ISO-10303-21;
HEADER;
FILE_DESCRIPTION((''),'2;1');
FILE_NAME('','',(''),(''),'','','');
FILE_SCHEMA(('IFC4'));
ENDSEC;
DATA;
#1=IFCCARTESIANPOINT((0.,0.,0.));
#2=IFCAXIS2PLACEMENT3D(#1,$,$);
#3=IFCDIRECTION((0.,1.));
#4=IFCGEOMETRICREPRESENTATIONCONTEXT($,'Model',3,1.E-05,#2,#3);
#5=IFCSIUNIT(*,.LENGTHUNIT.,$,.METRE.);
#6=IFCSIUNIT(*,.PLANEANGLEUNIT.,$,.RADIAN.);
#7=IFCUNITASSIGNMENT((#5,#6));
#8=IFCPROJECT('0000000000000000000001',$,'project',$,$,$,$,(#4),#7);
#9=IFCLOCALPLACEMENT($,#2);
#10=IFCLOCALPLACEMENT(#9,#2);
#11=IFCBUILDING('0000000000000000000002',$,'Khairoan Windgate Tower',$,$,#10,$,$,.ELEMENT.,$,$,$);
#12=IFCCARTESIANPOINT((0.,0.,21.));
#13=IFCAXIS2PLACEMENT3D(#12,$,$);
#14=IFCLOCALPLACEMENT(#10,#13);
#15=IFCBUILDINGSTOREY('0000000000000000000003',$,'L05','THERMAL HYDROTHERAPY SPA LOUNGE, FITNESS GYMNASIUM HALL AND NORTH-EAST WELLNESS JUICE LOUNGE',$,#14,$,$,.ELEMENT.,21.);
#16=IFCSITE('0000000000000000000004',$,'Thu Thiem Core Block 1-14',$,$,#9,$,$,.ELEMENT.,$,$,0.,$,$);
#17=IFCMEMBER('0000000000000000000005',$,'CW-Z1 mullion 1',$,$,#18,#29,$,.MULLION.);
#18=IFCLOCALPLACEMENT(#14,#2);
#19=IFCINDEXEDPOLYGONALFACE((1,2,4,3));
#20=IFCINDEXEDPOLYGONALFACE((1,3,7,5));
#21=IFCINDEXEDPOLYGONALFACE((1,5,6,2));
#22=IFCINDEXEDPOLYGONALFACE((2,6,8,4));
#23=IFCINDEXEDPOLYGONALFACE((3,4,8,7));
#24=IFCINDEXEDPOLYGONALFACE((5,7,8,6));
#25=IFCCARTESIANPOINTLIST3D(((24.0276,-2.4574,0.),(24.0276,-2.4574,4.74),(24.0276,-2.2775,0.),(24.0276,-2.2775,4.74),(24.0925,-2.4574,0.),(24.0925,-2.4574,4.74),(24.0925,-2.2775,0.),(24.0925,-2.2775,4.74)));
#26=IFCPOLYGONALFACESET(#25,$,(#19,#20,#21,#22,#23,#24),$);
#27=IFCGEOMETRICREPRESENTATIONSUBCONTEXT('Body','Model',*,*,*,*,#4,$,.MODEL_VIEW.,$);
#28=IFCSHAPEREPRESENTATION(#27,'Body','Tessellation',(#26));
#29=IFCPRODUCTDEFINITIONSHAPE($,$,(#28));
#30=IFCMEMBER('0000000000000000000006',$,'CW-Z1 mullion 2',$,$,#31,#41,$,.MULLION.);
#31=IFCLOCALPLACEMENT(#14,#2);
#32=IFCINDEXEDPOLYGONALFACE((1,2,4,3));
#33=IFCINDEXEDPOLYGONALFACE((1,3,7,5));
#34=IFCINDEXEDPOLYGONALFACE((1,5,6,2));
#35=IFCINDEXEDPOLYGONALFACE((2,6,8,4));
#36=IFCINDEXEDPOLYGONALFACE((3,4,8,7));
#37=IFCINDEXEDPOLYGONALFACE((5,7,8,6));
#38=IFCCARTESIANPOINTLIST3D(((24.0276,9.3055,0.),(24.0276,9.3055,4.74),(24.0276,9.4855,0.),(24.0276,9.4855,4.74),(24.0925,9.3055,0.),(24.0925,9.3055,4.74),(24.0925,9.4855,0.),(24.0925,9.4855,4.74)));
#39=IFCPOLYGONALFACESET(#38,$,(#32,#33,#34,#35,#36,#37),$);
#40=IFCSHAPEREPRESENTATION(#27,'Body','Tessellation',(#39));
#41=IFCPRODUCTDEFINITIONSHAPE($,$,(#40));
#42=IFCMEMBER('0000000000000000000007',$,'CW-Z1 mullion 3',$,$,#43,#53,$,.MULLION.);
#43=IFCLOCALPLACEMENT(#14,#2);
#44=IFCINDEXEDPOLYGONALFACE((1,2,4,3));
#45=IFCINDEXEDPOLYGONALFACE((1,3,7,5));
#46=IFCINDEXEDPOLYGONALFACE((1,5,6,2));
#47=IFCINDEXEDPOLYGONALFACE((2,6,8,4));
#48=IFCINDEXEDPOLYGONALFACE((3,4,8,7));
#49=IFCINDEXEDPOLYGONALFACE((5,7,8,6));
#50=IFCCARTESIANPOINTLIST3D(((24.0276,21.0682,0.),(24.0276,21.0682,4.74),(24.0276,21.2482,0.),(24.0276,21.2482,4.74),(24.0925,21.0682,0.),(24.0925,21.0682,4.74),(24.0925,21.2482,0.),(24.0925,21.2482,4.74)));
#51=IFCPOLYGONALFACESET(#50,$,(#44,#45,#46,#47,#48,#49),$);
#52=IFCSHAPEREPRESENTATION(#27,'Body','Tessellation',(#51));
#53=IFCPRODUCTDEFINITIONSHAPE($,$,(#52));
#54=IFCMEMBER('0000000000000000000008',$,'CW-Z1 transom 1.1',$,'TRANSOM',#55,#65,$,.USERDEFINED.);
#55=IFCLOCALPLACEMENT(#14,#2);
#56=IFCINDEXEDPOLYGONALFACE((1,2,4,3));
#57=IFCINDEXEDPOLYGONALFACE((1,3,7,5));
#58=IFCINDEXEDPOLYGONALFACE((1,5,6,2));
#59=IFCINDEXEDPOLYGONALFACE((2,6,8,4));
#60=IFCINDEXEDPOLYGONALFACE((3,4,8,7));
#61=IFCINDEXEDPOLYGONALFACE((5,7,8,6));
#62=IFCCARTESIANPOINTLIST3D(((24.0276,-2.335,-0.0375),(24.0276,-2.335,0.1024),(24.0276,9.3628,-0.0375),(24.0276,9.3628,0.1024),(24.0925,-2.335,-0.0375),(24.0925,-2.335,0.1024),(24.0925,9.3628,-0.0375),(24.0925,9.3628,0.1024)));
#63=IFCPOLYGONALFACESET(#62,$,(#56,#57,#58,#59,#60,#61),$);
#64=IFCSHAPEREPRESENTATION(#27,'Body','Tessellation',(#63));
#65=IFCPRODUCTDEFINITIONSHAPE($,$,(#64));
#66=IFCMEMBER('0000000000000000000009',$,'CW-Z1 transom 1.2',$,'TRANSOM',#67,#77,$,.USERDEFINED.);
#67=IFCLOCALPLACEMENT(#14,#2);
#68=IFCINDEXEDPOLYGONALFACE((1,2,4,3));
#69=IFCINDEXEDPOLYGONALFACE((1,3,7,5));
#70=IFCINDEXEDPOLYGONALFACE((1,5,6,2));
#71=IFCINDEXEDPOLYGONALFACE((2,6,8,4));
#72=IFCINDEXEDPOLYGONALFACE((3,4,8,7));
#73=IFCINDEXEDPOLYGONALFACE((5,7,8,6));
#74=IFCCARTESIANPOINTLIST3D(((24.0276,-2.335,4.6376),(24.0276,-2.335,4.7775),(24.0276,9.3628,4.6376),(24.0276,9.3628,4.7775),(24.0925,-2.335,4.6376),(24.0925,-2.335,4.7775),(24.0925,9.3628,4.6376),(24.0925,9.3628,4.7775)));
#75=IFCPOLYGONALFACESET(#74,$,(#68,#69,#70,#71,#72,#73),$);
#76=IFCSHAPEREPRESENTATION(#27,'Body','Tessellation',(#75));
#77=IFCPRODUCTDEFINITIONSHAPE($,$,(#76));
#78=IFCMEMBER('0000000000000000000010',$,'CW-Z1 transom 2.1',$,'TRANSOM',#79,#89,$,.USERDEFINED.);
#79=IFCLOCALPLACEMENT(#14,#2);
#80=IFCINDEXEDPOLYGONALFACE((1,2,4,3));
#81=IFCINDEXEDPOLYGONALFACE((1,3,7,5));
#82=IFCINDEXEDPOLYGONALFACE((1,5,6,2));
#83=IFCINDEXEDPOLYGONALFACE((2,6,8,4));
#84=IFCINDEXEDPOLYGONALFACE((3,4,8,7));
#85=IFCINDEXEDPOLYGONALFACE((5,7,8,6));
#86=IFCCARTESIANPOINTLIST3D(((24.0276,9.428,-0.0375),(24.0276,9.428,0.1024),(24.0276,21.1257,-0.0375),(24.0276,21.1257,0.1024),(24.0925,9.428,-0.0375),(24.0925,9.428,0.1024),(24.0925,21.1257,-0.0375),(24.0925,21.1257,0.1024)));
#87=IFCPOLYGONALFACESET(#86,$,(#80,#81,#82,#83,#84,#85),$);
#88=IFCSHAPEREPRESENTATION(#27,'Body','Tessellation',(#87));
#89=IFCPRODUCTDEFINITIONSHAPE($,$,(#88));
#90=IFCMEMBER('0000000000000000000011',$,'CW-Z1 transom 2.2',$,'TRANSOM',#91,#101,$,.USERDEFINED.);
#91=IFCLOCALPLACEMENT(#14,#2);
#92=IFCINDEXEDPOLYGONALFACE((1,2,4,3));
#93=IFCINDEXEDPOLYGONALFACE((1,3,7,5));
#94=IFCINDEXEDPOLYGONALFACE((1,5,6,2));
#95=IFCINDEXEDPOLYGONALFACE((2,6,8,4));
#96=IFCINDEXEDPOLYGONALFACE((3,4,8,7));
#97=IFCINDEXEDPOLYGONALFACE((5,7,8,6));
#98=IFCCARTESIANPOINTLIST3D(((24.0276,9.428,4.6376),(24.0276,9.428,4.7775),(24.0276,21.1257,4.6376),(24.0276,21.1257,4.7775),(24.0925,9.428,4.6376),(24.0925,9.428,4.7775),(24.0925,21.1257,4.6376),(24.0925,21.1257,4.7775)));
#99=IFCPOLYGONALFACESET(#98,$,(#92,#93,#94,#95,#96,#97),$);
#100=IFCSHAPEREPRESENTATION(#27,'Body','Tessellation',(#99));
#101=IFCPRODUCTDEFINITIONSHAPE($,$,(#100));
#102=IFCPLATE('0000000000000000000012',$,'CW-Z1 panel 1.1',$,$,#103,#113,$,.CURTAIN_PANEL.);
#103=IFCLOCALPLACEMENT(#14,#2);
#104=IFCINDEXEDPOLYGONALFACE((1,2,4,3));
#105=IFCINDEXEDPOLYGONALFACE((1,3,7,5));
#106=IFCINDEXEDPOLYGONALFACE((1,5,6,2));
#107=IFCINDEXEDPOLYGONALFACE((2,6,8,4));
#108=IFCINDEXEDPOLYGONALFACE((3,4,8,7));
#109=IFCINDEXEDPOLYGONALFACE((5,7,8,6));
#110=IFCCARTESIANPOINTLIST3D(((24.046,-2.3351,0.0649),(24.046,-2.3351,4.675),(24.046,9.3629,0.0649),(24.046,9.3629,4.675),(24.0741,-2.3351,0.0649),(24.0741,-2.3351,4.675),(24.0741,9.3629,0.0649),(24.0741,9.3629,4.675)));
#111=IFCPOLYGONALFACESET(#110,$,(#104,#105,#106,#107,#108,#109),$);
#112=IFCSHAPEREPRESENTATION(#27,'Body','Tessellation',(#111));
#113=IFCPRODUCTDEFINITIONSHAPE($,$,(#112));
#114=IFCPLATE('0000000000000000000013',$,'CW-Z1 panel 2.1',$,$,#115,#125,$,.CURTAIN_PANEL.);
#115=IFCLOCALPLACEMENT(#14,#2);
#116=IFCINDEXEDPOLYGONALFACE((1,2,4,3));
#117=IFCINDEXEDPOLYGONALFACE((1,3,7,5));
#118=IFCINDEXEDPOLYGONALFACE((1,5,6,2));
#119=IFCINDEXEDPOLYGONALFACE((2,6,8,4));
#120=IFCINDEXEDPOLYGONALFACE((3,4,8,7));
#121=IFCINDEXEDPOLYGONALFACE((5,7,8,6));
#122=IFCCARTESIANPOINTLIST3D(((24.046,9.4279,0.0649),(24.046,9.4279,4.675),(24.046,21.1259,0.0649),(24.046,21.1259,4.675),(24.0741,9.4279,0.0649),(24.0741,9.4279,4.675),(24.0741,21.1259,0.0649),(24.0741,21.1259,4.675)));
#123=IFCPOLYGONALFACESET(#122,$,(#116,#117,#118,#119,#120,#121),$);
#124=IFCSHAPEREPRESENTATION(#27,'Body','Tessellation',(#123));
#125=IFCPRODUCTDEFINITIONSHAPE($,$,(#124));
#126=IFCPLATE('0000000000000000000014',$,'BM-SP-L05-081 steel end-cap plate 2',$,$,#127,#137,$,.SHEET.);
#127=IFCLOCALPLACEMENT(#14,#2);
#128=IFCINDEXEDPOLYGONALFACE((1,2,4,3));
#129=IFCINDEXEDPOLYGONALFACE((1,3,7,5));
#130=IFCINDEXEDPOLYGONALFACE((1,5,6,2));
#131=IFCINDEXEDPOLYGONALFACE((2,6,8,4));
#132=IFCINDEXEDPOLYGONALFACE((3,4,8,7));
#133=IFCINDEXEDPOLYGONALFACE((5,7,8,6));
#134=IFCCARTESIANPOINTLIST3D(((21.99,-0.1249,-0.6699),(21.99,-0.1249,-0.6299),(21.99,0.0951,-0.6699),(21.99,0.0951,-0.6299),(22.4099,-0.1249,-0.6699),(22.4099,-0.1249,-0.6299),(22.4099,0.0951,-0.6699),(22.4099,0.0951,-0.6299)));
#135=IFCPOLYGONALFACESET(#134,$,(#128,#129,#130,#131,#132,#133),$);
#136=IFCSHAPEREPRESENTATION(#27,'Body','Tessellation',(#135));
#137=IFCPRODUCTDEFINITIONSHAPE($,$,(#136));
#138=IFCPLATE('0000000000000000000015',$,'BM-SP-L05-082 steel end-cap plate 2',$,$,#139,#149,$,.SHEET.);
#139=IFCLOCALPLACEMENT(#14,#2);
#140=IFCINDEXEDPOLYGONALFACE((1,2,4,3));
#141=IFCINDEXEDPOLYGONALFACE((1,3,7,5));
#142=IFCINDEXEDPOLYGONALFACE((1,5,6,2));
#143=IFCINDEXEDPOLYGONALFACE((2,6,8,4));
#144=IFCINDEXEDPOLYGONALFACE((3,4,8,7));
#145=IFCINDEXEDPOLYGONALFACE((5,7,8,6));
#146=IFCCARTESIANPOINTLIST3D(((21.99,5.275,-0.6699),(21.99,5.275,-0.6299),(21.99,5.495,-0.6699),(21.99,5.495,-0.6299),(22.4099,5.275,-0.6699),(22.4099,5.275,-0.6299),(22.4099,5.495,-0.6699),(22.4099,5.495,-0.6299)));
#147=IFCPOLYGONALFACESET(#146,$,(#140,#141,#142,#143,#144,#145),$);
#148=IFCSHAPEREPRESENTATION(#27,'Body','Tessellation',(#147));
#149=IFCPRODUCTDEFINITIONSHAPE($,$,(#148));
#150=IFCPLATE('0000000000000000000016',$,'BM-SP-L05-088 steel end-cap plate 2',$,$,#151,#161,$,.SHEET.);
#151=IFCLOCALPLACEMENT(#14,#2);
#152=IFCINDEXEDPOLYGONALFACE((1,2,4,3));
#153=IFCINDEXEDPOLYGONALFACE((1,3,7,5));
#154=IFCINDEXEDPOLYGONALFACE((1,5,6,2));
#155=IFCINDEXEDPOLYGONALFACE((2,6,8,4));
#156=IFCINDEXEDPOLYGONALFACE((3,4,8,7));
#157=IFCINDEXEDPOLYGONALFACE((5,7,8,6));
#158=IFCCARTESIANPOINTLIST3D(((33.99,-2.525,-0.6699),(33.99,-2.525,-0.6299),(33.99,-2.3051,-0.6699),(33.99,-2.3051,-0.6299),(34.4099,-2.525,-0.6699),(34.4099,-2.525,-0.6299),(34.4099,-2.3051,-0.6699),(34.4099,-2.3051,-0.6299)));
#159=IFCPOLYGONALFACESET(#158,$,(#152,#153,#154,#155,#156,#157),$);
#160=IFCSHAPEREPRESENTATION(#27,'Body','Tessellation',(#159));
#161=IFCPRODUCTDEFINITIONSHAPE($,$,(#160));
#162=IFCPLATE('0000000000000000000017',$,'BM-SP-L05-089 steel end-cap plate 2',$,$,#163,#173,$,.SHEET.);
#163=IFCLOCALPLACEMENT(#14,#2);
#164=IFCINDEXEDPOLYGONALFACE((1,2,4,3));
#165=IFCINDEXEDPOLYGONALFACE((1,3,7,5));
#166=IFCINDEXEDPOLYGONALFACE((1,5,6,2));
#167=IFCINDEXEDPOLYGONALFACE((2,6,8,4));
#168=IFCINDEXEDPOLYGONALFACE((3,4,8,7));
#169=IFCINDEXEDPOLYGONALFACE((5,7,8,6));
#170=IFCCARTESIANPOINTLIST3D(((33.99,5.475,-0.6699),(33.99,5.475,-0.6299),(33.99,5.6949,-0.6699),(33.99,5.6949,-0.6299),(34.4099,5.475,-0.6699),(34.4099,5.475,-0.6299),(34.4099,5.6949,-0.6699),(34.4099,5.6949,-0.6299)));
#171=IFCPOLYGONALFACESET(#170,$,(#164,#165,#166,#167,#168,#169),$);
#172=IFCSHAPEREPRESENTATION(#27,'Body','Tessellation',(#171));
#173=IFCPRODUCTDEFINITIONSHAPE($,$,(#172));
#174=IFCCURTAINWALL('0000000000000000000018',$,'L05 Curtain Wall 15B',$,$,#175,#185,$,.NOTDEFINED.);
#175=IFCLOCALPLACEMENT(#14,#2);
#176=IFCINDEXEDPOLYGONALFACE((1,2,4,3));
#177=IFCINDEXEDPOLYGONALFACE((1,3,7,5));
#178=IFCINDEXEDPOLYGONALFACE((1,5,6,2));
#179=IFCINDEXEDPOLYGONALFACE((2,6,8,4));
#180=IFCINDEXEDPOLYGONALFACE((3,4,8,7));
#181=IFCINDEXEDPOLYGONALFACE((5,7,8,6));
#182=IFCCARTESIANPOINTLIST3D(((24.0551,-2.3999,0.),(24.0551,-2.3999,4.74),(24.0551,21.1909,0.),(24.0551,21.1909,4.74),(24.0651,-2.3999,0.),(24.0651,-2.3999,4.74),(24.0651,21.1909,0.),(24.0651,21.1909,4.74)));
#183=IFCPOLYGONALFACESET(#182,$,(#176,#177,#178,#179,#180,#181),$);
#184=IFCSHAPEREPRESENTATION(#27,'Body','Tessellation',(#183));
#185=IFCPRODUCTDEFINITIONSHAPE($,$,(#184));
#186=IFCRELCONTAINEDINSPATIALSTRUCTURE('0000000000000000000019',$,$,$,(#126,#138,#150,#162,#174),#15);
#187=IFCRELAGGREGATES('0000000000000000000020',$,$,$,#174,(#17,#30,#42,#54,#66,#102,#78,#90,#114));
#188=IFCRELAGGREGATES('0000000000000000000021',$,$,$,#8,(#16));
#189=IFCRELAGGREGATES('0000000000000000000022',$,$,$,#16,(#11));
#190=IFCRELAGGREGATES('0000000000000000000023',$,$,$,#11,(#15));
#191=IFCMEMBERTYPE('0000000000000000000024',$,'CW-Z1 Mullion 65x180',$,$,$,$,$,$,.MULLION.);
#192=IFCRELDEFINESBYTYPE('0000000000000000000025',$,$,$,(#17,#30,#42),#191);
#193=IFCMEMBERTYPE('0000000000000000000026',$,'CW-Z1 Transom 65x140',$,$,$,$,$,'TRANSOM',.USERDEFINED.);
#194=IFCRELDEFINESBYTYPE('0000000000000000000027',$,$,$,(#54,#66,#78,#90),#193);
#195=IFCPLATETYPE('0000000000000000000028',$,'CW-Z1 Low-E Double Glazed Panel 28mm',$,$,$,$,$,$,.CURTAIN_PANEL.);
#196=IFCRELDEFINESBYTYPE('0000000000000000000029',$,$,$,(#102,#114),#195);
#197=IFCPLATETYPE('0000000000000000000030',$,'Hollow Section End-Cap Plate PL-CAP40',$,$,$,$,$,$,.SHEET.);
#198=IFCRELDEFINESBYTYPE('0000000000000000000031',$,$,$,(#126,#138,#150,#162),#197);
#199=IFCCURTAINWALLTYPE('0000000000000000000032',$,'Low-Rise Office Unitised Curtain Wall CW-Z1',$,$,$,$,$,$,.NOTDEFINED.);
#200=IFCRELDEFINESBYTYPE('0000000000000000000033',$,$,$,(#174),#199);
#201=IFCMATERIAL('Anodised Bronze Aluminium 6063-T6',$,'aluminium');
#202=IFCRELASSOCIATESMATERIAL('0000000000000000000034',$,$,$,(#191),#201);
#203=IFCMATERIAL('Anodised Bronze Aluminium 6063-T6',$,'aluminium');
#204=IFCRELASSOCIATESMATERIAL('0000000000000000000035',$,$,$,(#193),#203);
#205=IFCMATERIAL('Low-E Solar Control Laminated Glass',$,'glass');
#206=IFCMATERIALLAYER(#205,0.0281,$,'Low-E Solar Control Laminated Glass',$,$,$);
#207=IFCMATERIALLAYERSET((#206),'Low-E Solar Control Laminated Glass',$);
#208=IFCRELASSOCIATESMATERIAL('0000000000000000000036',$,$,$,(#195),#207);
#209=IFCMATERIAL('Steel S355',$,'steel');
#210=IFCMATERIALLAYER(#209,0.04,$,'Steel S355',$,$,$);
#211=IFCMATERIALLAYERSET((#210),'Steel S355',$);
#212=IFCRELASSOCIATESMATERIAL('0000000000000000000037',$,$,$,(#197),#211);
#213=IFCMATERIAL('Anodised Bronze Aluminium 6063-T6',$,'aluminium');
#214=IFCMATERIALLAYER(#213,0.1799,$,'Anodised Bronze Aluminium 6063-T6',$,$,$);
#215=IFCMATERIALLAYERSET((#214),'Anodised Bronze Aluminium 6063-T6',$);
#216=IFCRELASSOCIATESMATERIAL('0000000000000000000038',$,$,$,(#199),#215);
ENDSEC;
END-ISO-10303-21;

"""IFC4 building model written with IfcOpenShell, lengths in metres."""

from ifc_helpers import new_model, si_unit, direction, frame, frame_2d, origin, origin_2d, place, context, subcontext, project, spatial, rectangle, extrude, material, layer, layer_set, material_profile, profile_set, type_object, element, aggregate, save


model = new_model("IFC4")

# Units and contexts
model_context = context("Model", 3, precision=1e-05, world=origin(), true_north=direction((0.0, 1.0)))
body_context = subcontext(model_context, "Body", "Model", "MODEL_VIEW")
ifc_project = project(units=[si_unit("LENGTHUNIT", "METRE"), si_unit("PLANEANGLEUNIT", "RADIAN")], contexts=[model_context])

# Site, building, storey
site_placement = place(None, origin())
site = spatial("IfcSite", under=ifc_project, at=site_placement, Name="Thu Thiem Core Block 1-14", CompositionType="ELEMENT", RefElevation=0.0)
building_placement = place(site_placement, origin())
building = spatial("IfcBuilding", under=site, at=building_placement, Name="Khairoan Windgate Tower", CompositionType="ELEMENT")
storey_placement = place(building_placement, frame((0.0, 0.0, 21.0)))
storey = spatial("IfcBuildingStorey", under=building, at=storey_placement, Name="L05", Description="THERMAL HYDROTHERAPY SPA LOUNGE, FITNESS GYMNASIUM HALL AND NORTH-EAST WELLNESS JUICE LOUNGE", CompositionType="ELEMENT", Elevation=21.0)

# Members
ifc_material_1 = material(Name="Anodised Bronze Aluminium 6063-T6", Category="aluminium")
ifc_material_profile_1 = material_profile(ifc_material_1, rectangle(XDim=0.0649, YDim=0.1799, at=origin_2d()))
ifc_profile_set_1 = profile_set([ifc_material_profile_1], Name="Anodised Bronze Aluminium 6063-T6")
member_type_1 = type_object("IfcMemberType", Name="CW-Z1 Mullion 65x180", PredefinedType="MULLION", material=ifc_profile_set_1)
member_1_placement = place(storey_placement, frame((24.0601, -2.3674, 0.0), z_axis=(0.0, 0.0, 1.0), x_axis=(-1.0, 0.0, 0.0)))
member_1 = element("IfcMember", 1, at=member_1_placement, type_object=member_type_1, Name="CW-Z1 mullion 1", PredefinedType="MULLION", context=body_context, shape_type="SweptSolid", body=[
    extrude(rectangle(XDim=0.0649, YDim=0.1799, at=origin_2d()), origin(), (0.0, 0.0, 1.0), 4.74),
])
member_2_placement = place(storey_placement, frame((24.0601, 9.3955, 0.0), z_axis=(0.0, 0.0, 1.0), x_axis=(-1.0, 0.0, 0.0)))
member_2 = element("IfcMember", 2, at=member_2_placement, type_object=member_type_1, Name="CW-Z1 mullion 2", PredefinedType="MULLION", context=body_context, shape_type="SweptSolid", body=[
    extrude(rectangle(XDim=0.0649, YDim=0.1799, at=origin_2d()), origin(), (0.0, 0.0, 1.0), 4.74),
])
member_3_placement = place(storey_placement, frame((24.0601, 21.1582, 0.0), z_axis=(0.0, 0.0, 1.0), x_axis=(-1.0, 0.0, 0.0)))
member_3 = element("IfcMember", 3, at=member_3_placement, type_object=member_type_1, Name="CW-Z1 mullion 3", PredefinedType="MULLION", context=body_context, shape_type="SweptSolid", body=[
    extrude(rectangle(XDim=0.0649, YDim=0.1799, at=origin_2d()), origin(), (0.0, 0.0, 1.0), 4.74),
])
ifc_material_2 = material(Name="Anodised Bronze Aluminium 6063-T6", Category="aluminium")
ifc_material_profile_2 = material_profile(ifc_material_2, rectangle(XDim=0.0649, YDim=0.1399, at=origin_2d()))
ifc_profile_set_2 = profile_set([ifc_material_profile_2], Name="Anodised Bronze Aluminium 6063-T6")
member_type_2 = type_object("IfcMemberType", Name="CW-Z1 Transom 65x140", ElementType="TRANSOM", PredefinedType="USERDEFINED", material=ifc_profile_set_2)
member_4_placement = place(storey_placement, frame((24.0601, -2.335, 0.0325), z_axis=(0.0, 1.0, 0.0), x_axis=(-1.0, 0.0, 0.0)))
member_4 = element("IfcMember", 4, at=member_4_placement, type_object=member_type_2, Name="CW-Z1 transom 1.1", ObjectType="TRANSOM", PredefinedType="USERDEFINED", context=body_context, shape_type="SweptSolid", body=[
    extrude(rectangle(XDim=0.0649, YDim=0.1399, at=origin_2d()), origin(), (0.0, 0.0, 1.0), 11.6978),
])
member_5_placement = place(storey_placement, frame((24.0601, -2.335, 4.7075), z_axis=(0.0, 1.0, 0.0), x_axis=(-1.0, 0.0, 0.0)))
member_5 = element("IfcMember", 5, at=member_5_placement, type_object=member_type_2, Name="CW-Z1 transom 1.2", ObjectType="TRANSOM", PredefinedType="USERDEFINED", context=body_context, shape_type="SweptSolid", body=[
    extrude(rectangle(XDim=0.0649, YDim=0.1399, at=origin_2d()), origin(), (0.0, 0.0, 1.0), 11.6978),
])
member_6_placement = place(storey_placement, frame((24.0601, 9.428, 0.0325), z_axis=(0.0, 1.0, 0.0), x_axis=(-1.0, 0.0, 0.0)))
member_6 = element("IfcMember", 6, at=member_6_placement, type_object=member_type_2, Name="CW-Z1 transom 2.1", ObjectType="TRANSOM", PredefinedType="USERDEFINED", context=body_context, shape_type="SweptSolid", body=[
    extrude(rectangle(XDim=0.0649, YDim=0.1399, at=origin_2d()), origin(), (0.0, 0.0, 1.0), 11.6978),
])
member_7_placement = place(storey_placement, frame((24.0601, 9.428, 4.7075), z_axis=(0.0, 1.0, 0.0), x_axis=(-1.0, 0.0, 0.0)))
member_7 = element("IfcMember", 7, at=member_7_placement, type_object=member_type_2, Name="CW-Z1 transom 2.2", ObjectType="TRANSOM", PredefinedType="USERDEFINED", context=body_context, shape_type="SweptSolid", body=[
    extrude(rectangle(XDim=0.0649, YDim=0.1399, at=origin_2d()), origin(), (0.0, 0.0, 1.0), 11.6978),
])

# Plates
ifc_material_3 = material(Name="Low-E Solar Control Laminated Glass", Category="glass")
ifc_layer_1 = layer(ifc_material_3, 0.0281, Name="Low-E Solar Control Laminated Glass")
ifc_layer_set_1 = layer_set([ifc_layer_1], Name="Low-E Solar Control Laminated Glass")
plate_type_1 = type_object("IfcPlateType", Name="CW-Z1 Low-E Double Glazed Panel 28mm", PredefinedType="CURTAIN_PANEL", material=ifc_layer_set_1)
plate_1_placement = place(storey_placement, frame((24.0601, 3.5139, 0.0649), z_axis=(0.0, 0.0, 1.0), x_axis=(0.0, 1.0, 0.0)))
plate_1 = element("IfcPlate", 8, at=plate_1_placement, type_object=plate_type_1, Name="CW-Z1 panel 1.1", PredefinedType="CURTAIN_PANEL", context=body_context, shape_type="SweptSolid", body=[
    extrude(rectangle(XDim=11.698, YDim=0.0281, at=origin_2d()), origin(), (0.0, 0.0, 1.0), 4.6101),
])
plate_2_placement = place(storey_placement, frame((24.0601, 15.2769, 0.0649), z_axis=(0.0, 0.0, 1.0), x_axis=(0.0, 1.0, 0.0)))
plate_2 = element("IfcPlate", 9, at=plate_2_placement, type_object=plate_type_1, Name="CW-Z1 panel 2.1", PredefinedType="CURTAIN_PANEL", context=body_context, shape_type="SweptSolid", body=[
    extrude(rectangle(XDim=11.698, YDim=0.0281, at=origin_2d()), origin(), (0.0, 0.0, 1.0), 4.6101),
])

# Plates
ifc_material_4 = material(Name="Steel S355", Category="steel")
ifc_layer_2 = layer(ifc_material_4, 0.04, Name="Steel S355")
ifc_layer_set_2 = layer_set([ifc_layer_2], Name="Steel S355")
plate_type_2 = type_object("IfcPlateType", Name="Hollow Section End-Cap Plate PL-CAP40", PredefinedType="SHEET", material=ifc_layer_set_2)
for number, where, z_axis, x_axis, name in (
    (10, (22.2, -0.0149, -0.6699), (0.0, 0.0, 1.0), (0.0, 1.0, 0.0), "BM-SP-L05-081 steel end-cap plate 2"),
    (11, (22.2, 5.385, -0.6699), (0.0, 0.0, 1.0), (0.0, 1.0, 0.0), "BM-SP-L05-082 steel end-cap plate 2"),
    (12, (34.2, -2.415, -0.6699), (0.0, 0.0, 1.0), (0.0, 1.0, 0.0), "BM-SP-L05-088 steel end-cap plate 2"),
    (13, (34.2, 5.585, -0.6699), (0.0, 0.0, 1.0), (0.0, 1.0, 0.0), "BM-SP-L05-089 steel end-cap plate 2"),
):
    element("IfcPlate", number, at=place(storey_placement, frame(where, z_axis=z_axis, x_axis=x_axis)), inside=storey, type_object=plate_type_2, Name=name, PredefinedType="SHEET", context=body_context, shape_type="SweptSolid", body=[
        extrude(rectangle(XDim=0.22, YDim=0.4199, at=origin_2d()), origin(), (0.0, 0.0, 1.0), 0.04),
    ])

# Curtain wall
ifc_material_5 = material(Name="Anodised Bronze Aluminium 6063-T6", Category="aluminium")
ifc_layer_3 = layer(ifc_material_5, 0.1799, Name="Anodised Bronze Aluminium 6063-T6")
ifc_layer_set_3 = layer_set([ifc_layer_3], Name="Anodised Bronze Aluminium 6063-T6")
curtain_wall_type = type_object("IfcCurtainWallType", Name="Low-Rise Office Unitised Curtain Wall CW-Z1", PredefinedType="NOTDEFINED", material=ifc_layer_set_3)
curtain_wall_placement = place(storey_placement, frame((24.0601, -2.3999, 0.0), z_axis=(0.0, 0.0, 1.0), x_axis=(0.0, 1.0, 0.0)))
curtain_wall = element("IfcCurtainWall", 14, at=curtain_wall_placement, inside=storey, type_object=curtain_wall_type, Name="L05 Curtain Wall 15B", PredefinedType="NOTDEFINED", context=body_context, shape_type="SweptSolid", body=[
    extrude(rectangle(XDim=23.5908, YDim=0.01, at=frame_2d((11.7954, 0.0))), origin(), (0.0, 0.0, 1.0), 4.74),
])
aggregate(curtain_wall, [member_1, member_2, member_3, member_4, member_5, plate_1, member_6, member_7, plate_2])

save(model, "model.ifc")
